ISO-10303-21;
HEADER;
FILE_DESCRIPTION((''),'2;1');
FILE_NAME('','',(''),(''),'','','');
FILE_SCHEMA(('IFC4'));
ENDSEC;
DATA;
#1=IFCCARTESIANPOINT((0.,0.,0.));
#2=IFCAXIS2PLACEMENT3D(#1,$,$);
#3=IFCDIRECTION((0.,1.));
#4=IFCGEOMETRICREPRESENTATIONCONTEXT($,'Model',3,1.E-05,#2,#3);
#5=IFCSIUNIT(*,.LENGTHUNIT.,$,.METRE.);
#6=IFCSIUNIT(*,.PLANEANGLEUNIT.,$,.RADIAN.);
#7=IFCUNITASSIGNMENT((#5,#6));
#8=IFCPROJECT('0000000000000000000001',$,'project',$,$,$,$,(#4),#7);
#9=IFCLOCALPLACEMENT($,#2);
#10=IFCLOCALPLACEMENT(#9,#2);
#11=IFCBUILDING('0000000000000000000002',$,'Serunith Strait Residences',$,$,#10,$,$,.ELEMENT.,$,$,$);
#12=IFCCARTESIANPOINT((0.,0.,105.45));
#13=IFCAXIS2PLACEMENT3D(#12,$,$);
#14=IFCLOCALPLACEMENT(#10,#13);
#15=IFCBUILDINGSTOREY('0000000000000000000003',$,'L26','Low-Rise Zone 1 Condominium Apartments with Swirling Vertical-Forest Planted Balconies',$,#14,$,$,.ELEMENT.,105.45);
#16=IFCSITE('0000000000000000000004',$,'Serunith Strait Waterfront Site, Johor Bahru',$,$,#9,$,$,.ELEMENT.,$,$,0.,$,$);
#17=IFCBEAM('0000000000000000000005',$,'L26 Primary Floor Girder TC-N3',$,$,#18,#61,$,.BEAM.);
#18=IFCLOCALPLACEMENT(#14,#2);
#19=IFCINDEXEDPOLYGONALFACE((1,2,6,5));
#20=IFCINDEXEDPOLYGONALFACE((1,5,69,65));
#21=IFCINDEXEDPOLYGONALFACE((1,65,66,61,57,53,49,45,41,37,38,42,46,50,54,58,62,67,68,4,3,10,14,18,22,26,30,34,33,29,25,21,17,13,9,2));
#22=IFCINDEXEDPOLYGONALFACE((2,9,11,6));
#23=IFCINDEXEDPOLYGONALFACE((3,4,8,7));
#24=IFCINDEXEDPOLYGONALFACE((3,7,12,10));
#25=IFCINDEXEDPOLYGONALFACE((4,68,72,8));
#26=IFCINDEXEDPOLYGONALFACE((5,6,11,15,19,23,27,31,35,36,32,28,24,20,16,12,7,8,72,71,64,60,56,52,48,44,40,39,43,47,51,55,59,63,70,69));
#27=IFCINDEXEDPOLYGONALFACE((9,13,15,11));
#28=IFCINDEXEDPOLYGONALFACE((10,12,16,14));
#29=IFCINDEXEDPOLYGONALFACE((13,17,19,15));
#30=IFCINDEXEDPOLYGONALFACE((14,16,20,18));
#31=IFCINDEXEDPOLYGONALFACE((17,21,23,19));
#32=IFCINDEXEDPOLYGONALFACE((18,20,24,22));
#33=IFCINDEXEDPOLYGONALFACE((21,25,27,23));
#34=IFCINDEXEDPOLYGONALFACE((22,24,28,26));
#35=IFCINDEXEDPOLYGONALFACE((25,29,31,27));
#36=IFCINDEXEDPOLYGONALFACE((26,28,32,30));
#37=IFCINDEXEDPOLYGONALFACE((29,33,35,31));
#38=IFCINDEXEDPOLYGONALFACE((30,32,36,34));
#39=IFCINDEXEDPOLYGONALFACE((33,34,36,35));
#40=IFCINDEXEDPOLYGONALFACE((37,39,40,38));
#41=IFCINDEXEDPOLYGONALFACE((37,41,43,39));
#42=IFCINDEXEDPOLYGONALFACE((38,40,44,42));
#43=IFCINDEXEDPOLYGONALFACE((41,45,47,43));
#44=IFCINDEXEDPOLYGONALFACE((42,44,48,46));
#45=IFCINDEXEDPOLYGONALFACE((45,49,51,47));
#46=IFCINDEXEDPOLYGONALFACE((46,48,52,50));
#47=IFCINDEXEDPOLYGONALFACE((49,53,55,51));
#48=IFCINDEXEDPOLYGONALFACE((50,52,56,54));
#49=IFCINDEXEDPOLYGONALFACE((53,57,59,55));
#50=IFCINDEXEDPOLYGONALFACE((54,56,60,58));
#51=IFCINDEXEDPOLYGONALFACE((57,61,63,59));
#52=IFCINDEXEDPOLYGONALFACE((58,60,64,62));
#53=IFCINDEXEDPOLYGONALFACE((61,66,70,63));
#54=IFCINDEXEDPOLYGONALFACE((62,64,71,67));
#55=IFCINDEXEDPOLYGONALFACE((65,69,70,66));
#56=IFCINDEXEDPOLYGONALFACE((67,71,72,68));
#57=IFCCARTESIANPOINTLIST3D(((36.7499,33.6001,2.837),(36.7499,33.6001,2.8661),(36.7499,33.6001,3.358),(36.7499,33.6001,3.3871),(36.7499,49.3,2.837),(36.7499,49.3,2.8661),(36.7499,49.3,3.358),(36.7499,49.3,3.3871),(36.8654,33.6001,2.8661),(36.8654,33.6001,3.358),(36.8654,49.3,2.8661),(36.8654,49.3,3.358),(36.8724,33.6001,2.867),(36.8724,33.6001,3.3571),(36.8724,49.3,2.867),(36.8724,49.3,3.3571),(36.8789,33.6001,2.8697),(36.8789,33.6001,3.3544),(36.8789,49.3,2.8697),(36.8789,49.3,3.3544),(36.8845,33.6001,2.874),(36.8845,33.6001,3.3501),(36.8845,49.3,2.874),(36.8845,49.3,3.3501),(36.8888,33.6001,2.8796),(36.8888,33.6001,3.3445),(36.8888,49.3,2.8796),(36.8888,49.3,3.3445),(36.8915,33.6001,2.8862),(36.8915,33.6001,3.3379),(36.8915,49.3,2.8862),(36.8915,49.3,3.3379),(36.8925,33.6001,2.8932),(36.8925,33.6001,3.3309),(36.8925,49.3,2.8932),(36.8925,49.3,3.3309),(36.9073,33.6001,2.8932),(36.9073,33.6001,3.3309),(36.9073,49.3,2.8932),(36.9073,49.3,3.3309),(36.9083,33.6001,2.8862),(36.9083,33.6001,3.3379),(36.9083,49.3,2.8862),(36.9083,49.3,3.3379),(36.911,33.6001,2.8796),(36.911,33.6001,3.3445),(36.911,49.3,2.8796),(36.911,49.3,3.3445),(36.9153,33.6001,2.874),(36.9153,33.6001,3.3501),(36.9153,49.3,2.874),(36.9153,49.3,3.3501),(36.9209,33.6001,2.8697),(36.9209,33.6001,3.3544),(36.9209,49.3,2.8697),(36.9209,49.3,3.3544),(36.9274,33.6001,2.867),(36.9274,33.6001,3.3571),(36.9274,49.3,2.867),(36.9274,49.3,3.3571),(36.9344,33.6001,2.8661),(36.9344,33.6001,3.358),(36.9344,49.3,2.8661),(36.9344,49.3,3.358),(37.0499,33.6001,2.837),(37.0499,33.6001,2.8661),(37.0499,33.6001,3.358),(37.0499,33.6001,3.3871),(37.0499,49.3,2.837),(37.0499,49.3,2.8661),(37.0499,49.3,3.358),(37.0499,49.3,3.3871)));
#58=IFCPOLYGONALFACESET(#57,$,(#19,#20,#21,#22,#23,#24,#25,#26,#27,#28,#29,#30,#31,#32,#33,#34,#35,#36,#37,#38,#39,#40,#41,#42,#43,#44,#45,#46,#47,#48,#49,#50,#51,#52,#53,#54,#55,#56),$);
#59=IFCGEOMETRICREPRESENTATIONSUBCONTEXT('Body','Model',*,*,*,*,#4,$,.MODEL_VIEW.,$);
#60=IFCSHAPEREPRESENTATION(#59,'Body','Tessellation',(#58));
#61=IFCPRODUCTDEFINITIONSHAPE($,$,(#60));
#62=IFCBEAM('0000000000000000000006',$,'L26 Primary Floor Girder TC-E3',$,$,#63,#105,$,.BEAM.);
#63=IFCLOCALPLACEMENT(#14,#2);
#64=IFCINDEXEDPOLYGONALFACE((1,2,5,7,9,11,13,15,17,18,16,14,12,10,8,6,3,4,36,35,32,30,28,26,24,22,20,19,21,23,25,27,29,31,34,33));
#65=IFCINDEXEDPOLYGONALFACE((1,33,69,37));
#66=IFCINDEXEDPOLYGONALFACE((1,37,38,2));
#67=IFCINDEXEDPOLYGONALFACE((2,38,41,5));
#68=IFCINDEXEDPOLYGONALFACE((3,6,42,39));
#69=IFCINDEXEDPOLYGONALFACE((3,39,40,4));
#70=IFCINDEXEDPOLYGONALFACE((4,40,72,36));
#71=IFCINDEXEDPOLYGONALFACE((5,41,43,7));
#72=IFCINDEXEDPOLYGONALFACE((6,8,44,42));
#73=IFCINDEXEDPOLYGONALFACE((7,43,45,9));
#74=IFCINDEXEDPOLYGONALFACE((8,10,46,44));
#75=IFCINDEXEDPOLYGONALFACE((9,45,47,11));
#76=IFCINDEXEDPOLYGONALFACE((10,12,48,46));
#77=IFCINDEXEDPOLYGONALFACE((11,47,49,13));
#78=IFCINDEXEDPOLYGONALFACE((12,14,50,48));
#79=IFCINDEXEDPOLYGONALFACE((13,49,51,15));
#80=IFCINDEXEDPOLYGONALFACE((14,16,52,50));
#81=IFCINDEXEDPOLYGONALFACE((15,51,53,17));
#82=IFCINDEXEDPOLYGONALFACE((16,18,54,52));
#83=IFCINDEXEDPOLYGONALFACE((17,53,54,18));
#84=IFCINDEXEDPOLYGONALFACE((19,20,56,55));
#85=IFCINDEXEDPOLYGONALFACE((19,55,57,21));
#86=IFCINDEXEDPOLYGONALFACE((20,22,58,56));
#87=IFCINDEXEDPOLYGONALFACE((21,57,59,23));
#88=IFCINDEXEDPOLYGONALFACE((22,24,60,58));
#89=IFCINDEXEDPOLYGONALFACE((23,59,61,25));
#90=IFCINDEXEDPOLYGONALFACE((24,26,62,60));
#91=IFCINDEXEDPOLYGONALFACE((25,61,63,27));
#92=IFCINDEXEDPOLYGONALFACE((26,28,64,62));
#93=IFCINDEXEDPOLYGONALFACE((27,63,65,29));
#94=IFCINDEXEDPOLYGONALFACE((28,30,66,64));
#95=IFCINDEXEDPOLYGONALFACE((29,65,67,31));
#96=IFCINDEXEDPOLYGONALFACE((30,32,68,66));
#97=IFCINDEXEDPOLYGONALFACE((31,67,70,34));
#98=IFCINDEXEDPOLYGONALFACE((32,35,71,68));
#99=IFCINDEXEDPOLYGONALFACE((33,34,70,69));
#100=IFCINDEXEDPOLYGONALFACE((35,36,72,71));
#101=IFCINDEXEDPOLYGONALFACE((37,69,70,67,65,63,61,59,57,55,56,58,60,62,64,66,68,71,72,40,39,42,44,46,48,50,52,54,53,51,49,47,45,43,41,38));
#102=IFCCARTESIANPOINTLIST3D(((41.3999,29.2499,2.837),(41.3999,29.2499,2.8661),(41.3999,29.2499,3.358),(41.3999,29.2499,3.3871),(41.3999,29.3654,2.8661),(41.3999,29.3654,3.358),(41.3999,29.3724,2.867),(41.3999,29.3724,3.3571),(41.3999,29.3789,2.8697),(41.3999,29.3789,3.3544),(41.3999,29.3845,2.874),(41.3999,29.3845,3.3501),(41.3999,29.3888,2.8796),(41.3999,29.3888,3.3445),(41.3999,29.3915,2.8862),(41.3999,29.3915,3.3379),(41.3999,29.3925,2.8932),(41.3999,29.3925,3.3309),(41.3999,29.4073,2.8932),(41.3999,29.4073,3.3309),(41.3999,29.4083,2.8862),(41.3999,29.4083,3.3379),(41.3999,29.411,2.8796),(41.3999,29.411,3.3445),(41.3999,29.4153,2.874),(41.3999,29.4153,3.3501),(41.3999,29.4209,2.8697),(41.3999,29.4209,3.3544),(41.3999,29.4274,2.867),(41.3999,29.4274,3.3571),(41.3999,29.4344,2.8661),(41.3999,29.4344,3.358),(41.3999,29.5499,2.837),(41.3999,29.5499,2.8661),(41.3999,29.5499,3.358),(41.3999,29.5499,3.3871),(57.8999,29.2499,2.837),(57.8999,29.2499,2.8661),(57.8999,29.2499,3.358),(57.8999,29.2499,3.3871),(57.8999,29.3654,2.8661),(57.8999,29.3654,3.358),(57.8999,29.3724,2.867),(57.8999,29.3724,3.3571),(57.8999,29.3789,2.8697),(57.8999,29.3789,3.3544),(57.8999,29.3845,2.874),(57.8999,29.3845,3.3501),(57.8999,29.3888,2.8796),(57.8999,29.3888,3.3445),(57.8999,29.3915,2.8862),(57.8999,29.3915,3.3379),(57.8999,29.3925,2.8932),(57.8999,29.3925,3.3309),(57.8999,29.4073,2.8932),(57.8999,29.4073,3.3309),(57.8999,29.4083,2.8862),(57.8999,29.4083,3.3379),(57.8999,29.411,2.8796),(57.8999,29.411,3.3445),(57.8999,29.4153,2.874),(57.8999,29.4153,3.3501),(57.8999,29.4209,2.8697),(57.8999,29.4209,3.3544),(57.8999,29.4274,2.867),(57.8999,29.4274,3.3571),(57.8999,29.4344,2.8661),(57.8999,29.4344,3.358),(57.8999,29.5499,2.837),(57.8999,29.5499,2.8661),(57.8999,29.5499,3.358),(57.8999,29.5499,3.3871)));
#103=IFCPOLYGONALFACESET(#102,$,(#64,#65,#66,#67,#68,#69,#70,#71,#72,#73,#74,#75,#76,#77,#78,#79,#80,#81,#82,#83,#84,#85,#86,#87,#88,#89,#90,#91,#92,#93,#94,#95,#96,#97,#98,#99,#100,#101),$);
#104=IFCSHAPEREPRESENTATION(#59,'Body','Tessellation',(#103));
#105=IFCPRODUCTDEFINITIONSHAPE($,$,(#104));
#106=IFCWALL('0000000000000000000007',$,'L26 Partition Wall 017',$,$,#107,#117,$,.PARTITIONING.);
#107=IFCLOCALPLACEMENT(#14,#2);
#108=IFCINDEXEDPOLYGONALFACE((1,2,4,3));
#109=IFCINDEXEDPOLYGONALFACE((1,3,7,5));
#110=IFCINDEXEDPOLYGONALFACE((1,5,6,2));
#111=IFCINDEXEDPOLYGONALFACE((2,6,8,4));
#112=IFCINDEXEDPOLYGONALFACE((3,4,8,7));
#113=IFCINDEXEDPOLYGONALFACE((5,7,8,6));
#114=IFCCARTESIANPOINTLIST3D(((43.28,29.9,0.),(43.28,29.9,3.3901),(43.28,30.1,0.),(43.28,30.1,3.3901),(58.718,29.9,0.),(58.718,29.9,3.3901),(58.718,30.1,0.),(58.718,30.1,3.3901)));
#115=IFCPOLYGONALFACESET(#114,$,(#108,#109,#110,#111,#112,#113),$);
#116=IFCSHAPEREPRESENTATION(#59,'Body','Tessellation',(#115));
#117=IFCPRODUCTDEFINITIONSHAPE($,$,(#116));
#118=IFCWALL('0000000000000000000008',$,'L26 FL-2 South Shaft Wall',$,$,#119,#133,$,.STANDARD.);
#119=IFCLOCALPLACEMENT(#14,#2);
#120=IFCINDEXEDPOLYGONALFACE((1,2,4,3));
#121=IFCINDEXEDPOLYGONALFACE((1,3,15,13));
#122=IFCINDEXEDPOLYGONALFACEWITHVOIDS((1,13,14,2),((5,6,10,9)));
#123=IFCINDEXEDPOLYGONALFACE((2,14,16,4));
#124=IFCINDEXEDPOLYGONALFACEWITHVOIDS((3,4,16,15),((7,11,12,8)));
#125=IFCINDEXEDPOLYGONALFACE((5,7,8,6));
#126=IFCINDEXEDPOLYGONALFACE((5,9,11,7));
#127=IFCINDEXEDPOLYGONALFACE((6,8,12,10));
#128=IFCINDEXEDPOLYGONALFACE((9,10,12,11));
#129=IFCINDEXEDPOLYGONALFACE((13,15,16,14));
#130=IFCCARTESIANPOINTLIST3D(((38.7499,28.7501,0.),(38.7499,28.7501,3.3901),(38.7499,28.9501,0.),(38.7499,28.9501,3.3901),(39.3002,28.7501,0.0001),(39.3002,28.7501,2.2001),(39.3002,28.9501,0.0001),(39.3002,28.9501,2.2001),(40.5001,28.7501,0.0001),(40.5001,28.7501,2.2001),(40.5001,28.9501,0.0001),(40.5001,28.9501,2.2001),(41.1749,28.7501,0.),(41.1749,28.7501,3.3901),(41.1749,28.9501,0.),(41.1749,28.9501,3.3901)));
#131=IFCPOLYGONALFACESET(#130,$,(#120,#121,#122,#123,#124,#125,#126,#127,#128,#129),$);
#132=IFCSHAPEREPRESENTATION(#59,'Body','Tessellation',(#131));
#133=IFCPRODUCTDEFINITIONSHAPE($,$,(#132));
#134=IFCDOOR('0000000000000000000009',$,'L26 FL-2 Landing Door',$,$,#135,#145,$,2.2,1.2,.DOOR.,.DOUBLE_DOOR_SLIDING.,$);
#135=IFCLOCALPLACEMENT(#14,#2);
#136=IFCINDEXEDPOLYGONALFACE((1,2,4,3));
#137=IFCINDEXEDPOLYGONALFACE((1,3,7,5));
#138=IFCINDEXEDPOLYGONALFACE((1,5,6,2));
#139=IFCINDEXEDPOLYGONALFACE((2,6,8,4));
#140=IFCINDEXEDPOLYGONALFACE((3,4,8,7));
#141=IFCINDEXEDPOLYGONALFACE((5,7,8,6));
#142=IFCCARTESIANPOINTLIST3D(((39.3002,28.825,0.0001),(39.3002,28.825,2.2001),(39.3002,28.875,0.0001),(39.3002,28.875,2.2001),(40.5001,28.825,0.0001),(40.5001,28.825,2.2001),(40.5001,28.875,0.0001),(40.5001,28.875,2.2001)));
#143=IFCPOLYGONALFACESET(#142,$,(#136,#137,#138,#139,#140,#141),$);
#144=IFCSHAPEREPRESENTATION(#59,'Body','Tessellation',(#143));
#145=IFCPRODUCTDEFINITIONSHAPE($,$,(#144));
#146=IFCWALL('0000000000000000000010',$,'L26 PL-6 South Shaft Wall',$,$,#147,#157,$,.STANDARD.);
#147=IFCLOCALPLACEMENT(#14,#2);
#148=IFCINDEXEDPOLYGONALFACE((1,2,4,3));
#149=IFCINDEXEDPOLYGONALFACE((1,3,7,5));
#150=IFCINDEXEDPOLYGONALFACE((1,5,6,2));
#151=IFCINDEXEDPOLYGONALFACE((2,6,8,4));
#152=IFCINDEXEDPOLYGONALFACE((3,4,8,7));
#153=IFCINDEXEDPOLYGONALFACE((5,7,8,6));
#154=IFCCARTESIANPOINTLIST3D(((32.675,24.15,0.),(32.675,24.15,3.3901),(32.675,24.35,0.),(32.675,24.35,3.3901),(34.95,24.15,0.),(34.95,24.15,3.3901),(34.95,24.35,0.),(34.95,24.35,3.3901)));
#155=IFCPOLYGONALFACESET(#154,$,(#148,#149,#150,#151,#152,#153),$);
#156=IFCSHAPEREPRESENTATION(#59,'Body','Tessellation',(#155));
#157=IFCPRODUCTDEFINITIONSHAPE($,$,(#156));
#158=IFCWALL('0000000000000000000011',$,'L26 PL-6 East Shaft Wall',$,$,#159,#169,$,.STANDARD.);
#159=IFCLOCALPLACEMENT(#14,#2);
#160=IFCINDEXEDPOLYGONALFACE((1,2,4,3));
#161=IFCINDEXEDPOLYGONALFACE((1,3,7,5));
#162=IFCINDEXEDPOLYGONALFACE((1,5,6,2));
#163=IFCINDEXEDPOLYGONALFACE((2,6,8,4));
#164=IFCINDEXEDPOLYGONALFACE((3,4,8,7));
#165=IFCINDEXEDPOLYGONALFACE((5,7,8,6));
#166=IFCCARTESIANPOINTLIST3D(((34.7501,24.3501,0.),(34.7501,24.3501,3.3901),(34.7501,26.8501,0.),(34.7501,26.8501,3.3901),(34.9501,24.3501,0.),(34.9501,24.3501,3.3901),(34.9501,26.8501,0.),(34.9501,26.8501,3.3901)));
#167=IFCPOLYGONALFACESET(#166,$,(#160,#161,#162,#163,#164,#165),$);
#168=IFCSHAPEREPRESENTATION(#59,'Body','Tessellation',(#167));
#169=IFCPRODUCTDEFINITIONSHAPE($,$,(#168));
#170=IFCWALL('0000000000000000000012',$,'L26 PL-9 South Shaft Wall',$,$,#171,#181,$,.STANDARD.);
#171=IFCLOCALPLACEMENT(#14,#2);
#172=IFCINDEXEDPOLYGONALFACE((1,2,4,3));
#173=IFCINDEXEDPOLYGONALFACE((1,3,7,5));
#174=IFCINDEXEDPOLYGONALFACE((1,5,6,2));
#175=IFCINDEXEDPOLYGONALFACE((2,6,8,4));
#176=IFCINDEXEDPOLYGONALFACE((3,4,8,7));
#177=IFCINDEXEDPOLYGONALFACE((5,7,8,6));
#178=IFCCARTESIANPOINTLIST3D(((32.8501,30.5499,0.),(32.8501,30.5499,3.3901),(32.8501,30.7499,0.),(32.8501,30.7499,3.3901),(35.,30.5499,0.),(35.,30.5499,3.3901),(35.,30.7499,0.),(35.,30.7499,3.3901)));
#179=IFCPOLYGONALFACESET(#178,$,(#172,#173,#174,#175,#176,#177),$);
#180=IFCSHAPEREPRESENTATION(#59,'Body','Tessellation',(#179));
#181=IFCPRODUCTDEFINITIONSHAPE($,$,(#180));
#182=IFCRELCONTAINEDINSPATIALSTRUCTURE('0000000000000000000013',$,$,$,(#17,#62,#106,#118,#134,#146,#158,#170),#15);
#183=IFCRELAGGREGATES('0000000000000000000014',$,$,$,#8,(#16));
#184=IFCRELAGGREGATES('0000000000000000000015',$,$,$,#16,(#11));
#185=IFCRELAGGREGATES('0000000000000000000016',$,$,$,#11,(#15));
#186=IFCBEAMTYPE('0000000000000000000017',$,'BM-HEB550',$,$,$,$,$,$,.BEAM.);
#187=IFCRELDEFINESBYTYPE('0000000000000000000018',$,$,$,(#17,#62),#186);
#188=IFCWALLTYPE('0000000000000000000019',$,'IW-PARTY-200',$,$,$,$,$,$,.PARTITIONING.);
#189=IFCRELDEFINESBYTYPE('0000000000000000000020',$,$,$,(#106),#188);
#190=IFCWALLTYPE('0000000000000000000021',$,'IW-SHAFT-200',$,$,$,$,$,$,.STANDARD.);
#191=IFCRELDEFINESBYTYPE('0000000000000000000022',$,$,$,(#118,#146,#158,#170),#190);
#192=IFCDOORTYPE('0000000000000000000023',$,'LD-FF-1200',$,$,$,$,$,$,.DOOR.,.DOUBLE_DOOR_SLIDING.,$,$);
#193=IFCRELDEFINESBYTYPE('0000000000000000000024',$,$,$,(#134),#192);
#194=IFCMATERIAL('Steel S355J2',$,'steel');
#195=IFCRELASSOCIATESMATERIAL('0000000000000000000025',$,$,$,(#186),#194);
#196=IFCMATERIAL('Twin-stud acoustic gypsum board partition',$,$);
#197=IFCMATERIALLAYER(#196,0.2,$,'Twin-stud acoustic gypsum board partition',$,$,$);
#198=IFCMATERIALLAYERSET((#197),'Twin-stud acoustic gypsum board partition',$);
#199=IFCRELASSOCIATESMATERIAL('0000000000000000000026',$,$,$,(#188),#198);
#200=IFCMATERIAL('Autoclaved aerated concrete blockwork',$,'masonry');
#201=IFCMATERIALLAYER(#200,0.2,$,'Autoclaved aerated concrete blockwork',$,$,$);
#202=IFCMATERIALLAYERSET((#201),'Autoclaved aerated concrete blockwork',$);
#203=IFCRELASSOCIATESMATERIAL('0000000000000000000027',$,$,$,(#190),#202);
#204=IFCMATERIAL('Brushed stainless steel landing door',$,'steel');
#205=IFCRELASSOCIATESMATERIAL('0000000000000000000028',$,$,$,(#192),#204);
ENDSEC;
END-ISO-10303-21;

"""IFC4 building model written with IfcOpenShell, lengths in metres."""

from ifc_helpers import new_model, si_unit, direction, frame, frame_2d, origin, origin_2d, place, context, subcontext, project, spatial, rectangle, i_section, extrude, source, transform, mapped, material, layer, layer_set, material_profile, profile_set, type_object, element, fill, save


model = new_model("IFC4")

# Units and contexts
model_context = context("Model", 3, precision=1e-05, world=origin(), true_north=direction((0.0, 1.0)))
body_context = subcontext(model_context, "Body", "Model", "MODEL_VIEW")
ifc_project = project(units=[si_unit("LENGTHUNIT", "METRE"), si_unit("PLANEANGLEUNIT", "RADIAN")], contexts=[model_context])

# Site, building, storey
site_placement = place(None, origin())
site = spatial("IfcSite", under=ifc_project, at=site_placement, Name="Serunith Strait Waterfront Site, Johor Bahru", CompositionType="ELEMENT", RefElevation=0.0)
building_placement = place(site_placement, origin())
building = spatial("IfcBuilding", under=site, at=building_placement, Name="Serunith Strait Residences", CompositionType="ELEMENT")
storey_placement = place(building_placement, frame((0.0, 0.0, 105.45)))
storey = spatial("IfcBuildingStorey", under=building, at=storey_placement, Name="L26", Description="Low-Rise Zone 1 Condominium Apartments with Swirling Vertical-Forest Planted Balconies", CompositionType="ELEMENT", Elevation=105.45)

# Beams
ifc_material_1 = material(Name="Steel S355J2", Category="steel")
ifc_material_profile = material_profile(ifc_material_1, i_section(OverallWidth=0.3, OverallDepth=0.55, WebThickness=0.0149, FlangeThickness=0.0291, FilletRadius=0.0271, at=origin_2d()), Name="HEB 550")
ifc_profile_set = profile_set([ifc_material_profile], Name="Steel S355J2")
beam_type = type_object("IfcBeamType", Name="BM-HEB550", PredefinedType="BEAM", material=ifc_profile_set)
shared_shape_1 = source(origin(), body_context, "Body", "SweptSolid", [
    extrude(i_section(OverallWidth=0.3, OverallDepth=0.55, WebThickness=0.0149, FlangeThickness=0.0291, FilletRadius=0.0271, at=origin_2d()), origin(), (0.0, 0.0, 1.0), 15.7),
])
beam_1_placement = place(storey_placement, frame((36.8999, 33.6001, 3.1121), z_axis=(0.0, 1.0, 0.0), x_axis=(-1.0, 0.0, 0.0)))
element("IfcBeam", 1, at=beam_1_placement, inside=storey, type_object=beam_type, Name="L26 Primary Floor Girder TC-N3", PredefinedType="BEAM", context=body_context, shape_type="MappedRepresentation", body=[
    mapped(shared_shape_1, transform((0.0, 0.0, 0.0), scale=1.0)),
])
shared_shape_2 = source(origin(), body_context, "Body", "SweptSolid", [
    extrude(i_section(OverallWidth=0.3, OverallDepth=0.55, WebThickness=0.0149, FlangeThickness=0.0291, FilletRadius=0.0271, at=origin_2d()), origin(), (0.0, 0.0, 1.0), 16.5),
])
beam_2_placement = place(storey_placement, frame((41.3999, 29.3999, 3.1121), z_axis=(1.0, 0.0, 0.0), x_axis=(0.0, 1.0, 0.0)))
element("IfcBeam", 2, at=beam_2_placement, inside=storey, type_object=beam_type, Name="L26 Primary Floor Girder TC-E3", PredefinedType="BEAM", context=body_context, shape_type="MappedRepresentation", body=[
    mapped(shared_shape_2, transform((0.0, 0.0, 0.0), scale=1.0)),
])

# Wall
ifc_material_2 = material(Name="Twin-stud acoustic gypsum board partition")
ifc_layer_1 = layer(ifc_material_2, 0.2, Name="Twin-stud acoustic gypsum board partition")
ifc_layer_set_1 = layer_set([ifc_layer_1], Name="Twin-stud acoustic gypsum board partition")
wall_type_1 = type_object("IfcWallType", Name="IW-PARTY-200", PredefinedType="PARTITIONING", material=ifc_layer_set_1)
wall_1_placement = place(storey_placement, frame((43.28, 30.0, 0.0), z_axis=(0.0, 0.0, 1.0), x_axis=(1.0, 0.0, 0.0)))
element("IfcWall", 3, at=wall_1_placement, inside=storey, type_object=wall_type_1, Name="L26 Partition Wall 017", PredefinedType="PARTITIONING", context=body_context, shape_type="SweptSolid", body=[
    extrude(rectangle(XDim=15.438, YDim=0.2, at=frame_2d((7.719, 0.0))), origin(), (0.0, 0.0, 1.0), 3.3901),
])

# Wall, opening, door
ifc_material_3 = material(Name="Autoclaved aerated concrete blockwork", Category="masonry")
ifc_layer_2 = layer(ifc_material_3, 0.2, Name="Autoclaved aerated concrete blockwork")
ifc_layer_set_2 = layer_set([ifc_layer_2], Name="Autoclaved aerated concrete blockwork")
wall_type_2 = type_object("IfcWallType", Name="IW-SHAFT-200", PredefinedType="STANDARD", material=ifc_layer_set_2)
wall_2_placement = place(storey_placement, frame((38.75, 28.8501, 0.0), z_axis=(0.0, 0.0, 1.0), x_axis=(1.0, 0.0, 0.0)))
wall_2 = element("IfcWall", 4, at=wall_2_placement, inside=storey, type_object=wall_type_2, Name="L26 FL-2 South Shaft Wall", PredefinedType="STANDARD", context=body_context, shape_type="SweptSolid", body=[
    extrude(rectangle(XDim=2.425, YDim=0.2, at=frame_2d((1.2124, 0.0))), origin(), (0.0, 0.0, 1.0), 3.3901),
])
opening_1_placement = place(wall_2_placement, frame((0.55, 0.0, 0.0)))
opening_1 = element("IfcOpeningElement", 5, at=opening_1_placement, cuts=wall_2, PredefinedType="OPENING", context=body_context, shape_type="SweptSolid", body=[
    extrude(rectangle(XDim=1.2, YDim=2.2, at=frame_2d((0.6001, 1.1001))), frame((0.0, 0.1099, 0.0), z_axis=(0.0, -1.0, 0.0), x_axis=(1.0, 0.0, 0.0)), (0.0, 0.0, 1.0), 0.22),
])
ifc_material_4 = material(Name="Brushed stainless steel landing door", Category="steel")
door_type_1 = type_object("IfcDoorType", Name="LD-FF-1200", OperationType="DOUBLE_DOOR_SLIDING", PredefinedType="DOOR", material=ifc_material_4)
shared_shape_3 = source(origin(), body_context, "Body", "SweptSolid", [
    extrude(rectangle(XDim=1.2, YDim=2.2, at=frame_2d((0.6001, 1.1001))), frame((0.0, 0.0249, 0.0), z_axis=(0.0, -1.0, 0.0), x_axis=(1.0, 0.0, 0.0)), (0.0, 0.0, 1.0), 0.05),
])
door_1_placement = place(opening_1_placement, origin())
door_1 = element("IfcDoor", 6, at=door_1_placement, inside=storey, type_object=door_type_1, Name="L26 FL-2 Landing Door", OperationType="DOUBLE_DOOR_SLIDING", OverallHeight=2.2, OverallWidth=1.2, PredefinedType="DOOR", context=body_context, shape_type="MappedRepresentation", body=[
    mapped(shared_shape_3, transform((0.0, 0.0, 0.0), scale=1.0)),
])
fill(opening_1, door_1)

# Walls
wall_3_placement = place(storey_placement, frame((32.675, 24.25, 0.0), z_axis=(0.0, 0.0, 1.0), x_axis=(1.0, 0.0, 0.0)))
element("IfcWall", 7, at=wall_3_placement, inside=storey, type_object=wall_type_2, Name="L26 PL-6 South Shaft Wall", PredefinedType="STANDARD", context=body_context, shape_type="SweptSolid", body=[
    extrude(rectangle(XDim=2.2749, YDim=0.2, at=frame_2d((1.1375, 0.0))), origin(), (0.0, 0.0, 1.0), 3.3901),
])
wall_4_placement = place(storey_placement, frame((34.8501, 24.3501, 0.0), z_axis=(0.0, 0.0, 1.0), x_axis=(0.0, 1.0, 0.0)))
element("IfcWall", 8, at=wall_4_placement, inside=storey, type_object=wall_type_2, Name="L26 PL-6 East Shaft Wall", PredefinedType="STANDARD", context=body_context, shape_type="SweptSolid", body=[
    extrude(rectangle(XDim=2.5, YDim=0.2, at=frame_2d((1.25, 0.0))), origin(), (0.0, 0.0, 1.0), 3.3901),
])
wall_5_placement = place(storey_placement, frame((32.8501, 30.6499, 0.0), z_axis=(0.0, 0.0, 1.0), x_axis=(1.0, 0.0, 0.0)))
element("IfcWall", 9, at=wall_5_placement, inside=storey, type_object=wall_type_2, Name="L26 PL-9 South Shaft Wall", PredefinedType="STANDARD", context=body_context, shape_type="SweptSolid", body=[
    extrude(rectangle(XDim=2.1499, YDim=0.2, at=frame_2d((1.075, 0.0))), origin(), (0.0, 0.0, 1.0), 3.3901),
])

save(model, "model.ifc")
